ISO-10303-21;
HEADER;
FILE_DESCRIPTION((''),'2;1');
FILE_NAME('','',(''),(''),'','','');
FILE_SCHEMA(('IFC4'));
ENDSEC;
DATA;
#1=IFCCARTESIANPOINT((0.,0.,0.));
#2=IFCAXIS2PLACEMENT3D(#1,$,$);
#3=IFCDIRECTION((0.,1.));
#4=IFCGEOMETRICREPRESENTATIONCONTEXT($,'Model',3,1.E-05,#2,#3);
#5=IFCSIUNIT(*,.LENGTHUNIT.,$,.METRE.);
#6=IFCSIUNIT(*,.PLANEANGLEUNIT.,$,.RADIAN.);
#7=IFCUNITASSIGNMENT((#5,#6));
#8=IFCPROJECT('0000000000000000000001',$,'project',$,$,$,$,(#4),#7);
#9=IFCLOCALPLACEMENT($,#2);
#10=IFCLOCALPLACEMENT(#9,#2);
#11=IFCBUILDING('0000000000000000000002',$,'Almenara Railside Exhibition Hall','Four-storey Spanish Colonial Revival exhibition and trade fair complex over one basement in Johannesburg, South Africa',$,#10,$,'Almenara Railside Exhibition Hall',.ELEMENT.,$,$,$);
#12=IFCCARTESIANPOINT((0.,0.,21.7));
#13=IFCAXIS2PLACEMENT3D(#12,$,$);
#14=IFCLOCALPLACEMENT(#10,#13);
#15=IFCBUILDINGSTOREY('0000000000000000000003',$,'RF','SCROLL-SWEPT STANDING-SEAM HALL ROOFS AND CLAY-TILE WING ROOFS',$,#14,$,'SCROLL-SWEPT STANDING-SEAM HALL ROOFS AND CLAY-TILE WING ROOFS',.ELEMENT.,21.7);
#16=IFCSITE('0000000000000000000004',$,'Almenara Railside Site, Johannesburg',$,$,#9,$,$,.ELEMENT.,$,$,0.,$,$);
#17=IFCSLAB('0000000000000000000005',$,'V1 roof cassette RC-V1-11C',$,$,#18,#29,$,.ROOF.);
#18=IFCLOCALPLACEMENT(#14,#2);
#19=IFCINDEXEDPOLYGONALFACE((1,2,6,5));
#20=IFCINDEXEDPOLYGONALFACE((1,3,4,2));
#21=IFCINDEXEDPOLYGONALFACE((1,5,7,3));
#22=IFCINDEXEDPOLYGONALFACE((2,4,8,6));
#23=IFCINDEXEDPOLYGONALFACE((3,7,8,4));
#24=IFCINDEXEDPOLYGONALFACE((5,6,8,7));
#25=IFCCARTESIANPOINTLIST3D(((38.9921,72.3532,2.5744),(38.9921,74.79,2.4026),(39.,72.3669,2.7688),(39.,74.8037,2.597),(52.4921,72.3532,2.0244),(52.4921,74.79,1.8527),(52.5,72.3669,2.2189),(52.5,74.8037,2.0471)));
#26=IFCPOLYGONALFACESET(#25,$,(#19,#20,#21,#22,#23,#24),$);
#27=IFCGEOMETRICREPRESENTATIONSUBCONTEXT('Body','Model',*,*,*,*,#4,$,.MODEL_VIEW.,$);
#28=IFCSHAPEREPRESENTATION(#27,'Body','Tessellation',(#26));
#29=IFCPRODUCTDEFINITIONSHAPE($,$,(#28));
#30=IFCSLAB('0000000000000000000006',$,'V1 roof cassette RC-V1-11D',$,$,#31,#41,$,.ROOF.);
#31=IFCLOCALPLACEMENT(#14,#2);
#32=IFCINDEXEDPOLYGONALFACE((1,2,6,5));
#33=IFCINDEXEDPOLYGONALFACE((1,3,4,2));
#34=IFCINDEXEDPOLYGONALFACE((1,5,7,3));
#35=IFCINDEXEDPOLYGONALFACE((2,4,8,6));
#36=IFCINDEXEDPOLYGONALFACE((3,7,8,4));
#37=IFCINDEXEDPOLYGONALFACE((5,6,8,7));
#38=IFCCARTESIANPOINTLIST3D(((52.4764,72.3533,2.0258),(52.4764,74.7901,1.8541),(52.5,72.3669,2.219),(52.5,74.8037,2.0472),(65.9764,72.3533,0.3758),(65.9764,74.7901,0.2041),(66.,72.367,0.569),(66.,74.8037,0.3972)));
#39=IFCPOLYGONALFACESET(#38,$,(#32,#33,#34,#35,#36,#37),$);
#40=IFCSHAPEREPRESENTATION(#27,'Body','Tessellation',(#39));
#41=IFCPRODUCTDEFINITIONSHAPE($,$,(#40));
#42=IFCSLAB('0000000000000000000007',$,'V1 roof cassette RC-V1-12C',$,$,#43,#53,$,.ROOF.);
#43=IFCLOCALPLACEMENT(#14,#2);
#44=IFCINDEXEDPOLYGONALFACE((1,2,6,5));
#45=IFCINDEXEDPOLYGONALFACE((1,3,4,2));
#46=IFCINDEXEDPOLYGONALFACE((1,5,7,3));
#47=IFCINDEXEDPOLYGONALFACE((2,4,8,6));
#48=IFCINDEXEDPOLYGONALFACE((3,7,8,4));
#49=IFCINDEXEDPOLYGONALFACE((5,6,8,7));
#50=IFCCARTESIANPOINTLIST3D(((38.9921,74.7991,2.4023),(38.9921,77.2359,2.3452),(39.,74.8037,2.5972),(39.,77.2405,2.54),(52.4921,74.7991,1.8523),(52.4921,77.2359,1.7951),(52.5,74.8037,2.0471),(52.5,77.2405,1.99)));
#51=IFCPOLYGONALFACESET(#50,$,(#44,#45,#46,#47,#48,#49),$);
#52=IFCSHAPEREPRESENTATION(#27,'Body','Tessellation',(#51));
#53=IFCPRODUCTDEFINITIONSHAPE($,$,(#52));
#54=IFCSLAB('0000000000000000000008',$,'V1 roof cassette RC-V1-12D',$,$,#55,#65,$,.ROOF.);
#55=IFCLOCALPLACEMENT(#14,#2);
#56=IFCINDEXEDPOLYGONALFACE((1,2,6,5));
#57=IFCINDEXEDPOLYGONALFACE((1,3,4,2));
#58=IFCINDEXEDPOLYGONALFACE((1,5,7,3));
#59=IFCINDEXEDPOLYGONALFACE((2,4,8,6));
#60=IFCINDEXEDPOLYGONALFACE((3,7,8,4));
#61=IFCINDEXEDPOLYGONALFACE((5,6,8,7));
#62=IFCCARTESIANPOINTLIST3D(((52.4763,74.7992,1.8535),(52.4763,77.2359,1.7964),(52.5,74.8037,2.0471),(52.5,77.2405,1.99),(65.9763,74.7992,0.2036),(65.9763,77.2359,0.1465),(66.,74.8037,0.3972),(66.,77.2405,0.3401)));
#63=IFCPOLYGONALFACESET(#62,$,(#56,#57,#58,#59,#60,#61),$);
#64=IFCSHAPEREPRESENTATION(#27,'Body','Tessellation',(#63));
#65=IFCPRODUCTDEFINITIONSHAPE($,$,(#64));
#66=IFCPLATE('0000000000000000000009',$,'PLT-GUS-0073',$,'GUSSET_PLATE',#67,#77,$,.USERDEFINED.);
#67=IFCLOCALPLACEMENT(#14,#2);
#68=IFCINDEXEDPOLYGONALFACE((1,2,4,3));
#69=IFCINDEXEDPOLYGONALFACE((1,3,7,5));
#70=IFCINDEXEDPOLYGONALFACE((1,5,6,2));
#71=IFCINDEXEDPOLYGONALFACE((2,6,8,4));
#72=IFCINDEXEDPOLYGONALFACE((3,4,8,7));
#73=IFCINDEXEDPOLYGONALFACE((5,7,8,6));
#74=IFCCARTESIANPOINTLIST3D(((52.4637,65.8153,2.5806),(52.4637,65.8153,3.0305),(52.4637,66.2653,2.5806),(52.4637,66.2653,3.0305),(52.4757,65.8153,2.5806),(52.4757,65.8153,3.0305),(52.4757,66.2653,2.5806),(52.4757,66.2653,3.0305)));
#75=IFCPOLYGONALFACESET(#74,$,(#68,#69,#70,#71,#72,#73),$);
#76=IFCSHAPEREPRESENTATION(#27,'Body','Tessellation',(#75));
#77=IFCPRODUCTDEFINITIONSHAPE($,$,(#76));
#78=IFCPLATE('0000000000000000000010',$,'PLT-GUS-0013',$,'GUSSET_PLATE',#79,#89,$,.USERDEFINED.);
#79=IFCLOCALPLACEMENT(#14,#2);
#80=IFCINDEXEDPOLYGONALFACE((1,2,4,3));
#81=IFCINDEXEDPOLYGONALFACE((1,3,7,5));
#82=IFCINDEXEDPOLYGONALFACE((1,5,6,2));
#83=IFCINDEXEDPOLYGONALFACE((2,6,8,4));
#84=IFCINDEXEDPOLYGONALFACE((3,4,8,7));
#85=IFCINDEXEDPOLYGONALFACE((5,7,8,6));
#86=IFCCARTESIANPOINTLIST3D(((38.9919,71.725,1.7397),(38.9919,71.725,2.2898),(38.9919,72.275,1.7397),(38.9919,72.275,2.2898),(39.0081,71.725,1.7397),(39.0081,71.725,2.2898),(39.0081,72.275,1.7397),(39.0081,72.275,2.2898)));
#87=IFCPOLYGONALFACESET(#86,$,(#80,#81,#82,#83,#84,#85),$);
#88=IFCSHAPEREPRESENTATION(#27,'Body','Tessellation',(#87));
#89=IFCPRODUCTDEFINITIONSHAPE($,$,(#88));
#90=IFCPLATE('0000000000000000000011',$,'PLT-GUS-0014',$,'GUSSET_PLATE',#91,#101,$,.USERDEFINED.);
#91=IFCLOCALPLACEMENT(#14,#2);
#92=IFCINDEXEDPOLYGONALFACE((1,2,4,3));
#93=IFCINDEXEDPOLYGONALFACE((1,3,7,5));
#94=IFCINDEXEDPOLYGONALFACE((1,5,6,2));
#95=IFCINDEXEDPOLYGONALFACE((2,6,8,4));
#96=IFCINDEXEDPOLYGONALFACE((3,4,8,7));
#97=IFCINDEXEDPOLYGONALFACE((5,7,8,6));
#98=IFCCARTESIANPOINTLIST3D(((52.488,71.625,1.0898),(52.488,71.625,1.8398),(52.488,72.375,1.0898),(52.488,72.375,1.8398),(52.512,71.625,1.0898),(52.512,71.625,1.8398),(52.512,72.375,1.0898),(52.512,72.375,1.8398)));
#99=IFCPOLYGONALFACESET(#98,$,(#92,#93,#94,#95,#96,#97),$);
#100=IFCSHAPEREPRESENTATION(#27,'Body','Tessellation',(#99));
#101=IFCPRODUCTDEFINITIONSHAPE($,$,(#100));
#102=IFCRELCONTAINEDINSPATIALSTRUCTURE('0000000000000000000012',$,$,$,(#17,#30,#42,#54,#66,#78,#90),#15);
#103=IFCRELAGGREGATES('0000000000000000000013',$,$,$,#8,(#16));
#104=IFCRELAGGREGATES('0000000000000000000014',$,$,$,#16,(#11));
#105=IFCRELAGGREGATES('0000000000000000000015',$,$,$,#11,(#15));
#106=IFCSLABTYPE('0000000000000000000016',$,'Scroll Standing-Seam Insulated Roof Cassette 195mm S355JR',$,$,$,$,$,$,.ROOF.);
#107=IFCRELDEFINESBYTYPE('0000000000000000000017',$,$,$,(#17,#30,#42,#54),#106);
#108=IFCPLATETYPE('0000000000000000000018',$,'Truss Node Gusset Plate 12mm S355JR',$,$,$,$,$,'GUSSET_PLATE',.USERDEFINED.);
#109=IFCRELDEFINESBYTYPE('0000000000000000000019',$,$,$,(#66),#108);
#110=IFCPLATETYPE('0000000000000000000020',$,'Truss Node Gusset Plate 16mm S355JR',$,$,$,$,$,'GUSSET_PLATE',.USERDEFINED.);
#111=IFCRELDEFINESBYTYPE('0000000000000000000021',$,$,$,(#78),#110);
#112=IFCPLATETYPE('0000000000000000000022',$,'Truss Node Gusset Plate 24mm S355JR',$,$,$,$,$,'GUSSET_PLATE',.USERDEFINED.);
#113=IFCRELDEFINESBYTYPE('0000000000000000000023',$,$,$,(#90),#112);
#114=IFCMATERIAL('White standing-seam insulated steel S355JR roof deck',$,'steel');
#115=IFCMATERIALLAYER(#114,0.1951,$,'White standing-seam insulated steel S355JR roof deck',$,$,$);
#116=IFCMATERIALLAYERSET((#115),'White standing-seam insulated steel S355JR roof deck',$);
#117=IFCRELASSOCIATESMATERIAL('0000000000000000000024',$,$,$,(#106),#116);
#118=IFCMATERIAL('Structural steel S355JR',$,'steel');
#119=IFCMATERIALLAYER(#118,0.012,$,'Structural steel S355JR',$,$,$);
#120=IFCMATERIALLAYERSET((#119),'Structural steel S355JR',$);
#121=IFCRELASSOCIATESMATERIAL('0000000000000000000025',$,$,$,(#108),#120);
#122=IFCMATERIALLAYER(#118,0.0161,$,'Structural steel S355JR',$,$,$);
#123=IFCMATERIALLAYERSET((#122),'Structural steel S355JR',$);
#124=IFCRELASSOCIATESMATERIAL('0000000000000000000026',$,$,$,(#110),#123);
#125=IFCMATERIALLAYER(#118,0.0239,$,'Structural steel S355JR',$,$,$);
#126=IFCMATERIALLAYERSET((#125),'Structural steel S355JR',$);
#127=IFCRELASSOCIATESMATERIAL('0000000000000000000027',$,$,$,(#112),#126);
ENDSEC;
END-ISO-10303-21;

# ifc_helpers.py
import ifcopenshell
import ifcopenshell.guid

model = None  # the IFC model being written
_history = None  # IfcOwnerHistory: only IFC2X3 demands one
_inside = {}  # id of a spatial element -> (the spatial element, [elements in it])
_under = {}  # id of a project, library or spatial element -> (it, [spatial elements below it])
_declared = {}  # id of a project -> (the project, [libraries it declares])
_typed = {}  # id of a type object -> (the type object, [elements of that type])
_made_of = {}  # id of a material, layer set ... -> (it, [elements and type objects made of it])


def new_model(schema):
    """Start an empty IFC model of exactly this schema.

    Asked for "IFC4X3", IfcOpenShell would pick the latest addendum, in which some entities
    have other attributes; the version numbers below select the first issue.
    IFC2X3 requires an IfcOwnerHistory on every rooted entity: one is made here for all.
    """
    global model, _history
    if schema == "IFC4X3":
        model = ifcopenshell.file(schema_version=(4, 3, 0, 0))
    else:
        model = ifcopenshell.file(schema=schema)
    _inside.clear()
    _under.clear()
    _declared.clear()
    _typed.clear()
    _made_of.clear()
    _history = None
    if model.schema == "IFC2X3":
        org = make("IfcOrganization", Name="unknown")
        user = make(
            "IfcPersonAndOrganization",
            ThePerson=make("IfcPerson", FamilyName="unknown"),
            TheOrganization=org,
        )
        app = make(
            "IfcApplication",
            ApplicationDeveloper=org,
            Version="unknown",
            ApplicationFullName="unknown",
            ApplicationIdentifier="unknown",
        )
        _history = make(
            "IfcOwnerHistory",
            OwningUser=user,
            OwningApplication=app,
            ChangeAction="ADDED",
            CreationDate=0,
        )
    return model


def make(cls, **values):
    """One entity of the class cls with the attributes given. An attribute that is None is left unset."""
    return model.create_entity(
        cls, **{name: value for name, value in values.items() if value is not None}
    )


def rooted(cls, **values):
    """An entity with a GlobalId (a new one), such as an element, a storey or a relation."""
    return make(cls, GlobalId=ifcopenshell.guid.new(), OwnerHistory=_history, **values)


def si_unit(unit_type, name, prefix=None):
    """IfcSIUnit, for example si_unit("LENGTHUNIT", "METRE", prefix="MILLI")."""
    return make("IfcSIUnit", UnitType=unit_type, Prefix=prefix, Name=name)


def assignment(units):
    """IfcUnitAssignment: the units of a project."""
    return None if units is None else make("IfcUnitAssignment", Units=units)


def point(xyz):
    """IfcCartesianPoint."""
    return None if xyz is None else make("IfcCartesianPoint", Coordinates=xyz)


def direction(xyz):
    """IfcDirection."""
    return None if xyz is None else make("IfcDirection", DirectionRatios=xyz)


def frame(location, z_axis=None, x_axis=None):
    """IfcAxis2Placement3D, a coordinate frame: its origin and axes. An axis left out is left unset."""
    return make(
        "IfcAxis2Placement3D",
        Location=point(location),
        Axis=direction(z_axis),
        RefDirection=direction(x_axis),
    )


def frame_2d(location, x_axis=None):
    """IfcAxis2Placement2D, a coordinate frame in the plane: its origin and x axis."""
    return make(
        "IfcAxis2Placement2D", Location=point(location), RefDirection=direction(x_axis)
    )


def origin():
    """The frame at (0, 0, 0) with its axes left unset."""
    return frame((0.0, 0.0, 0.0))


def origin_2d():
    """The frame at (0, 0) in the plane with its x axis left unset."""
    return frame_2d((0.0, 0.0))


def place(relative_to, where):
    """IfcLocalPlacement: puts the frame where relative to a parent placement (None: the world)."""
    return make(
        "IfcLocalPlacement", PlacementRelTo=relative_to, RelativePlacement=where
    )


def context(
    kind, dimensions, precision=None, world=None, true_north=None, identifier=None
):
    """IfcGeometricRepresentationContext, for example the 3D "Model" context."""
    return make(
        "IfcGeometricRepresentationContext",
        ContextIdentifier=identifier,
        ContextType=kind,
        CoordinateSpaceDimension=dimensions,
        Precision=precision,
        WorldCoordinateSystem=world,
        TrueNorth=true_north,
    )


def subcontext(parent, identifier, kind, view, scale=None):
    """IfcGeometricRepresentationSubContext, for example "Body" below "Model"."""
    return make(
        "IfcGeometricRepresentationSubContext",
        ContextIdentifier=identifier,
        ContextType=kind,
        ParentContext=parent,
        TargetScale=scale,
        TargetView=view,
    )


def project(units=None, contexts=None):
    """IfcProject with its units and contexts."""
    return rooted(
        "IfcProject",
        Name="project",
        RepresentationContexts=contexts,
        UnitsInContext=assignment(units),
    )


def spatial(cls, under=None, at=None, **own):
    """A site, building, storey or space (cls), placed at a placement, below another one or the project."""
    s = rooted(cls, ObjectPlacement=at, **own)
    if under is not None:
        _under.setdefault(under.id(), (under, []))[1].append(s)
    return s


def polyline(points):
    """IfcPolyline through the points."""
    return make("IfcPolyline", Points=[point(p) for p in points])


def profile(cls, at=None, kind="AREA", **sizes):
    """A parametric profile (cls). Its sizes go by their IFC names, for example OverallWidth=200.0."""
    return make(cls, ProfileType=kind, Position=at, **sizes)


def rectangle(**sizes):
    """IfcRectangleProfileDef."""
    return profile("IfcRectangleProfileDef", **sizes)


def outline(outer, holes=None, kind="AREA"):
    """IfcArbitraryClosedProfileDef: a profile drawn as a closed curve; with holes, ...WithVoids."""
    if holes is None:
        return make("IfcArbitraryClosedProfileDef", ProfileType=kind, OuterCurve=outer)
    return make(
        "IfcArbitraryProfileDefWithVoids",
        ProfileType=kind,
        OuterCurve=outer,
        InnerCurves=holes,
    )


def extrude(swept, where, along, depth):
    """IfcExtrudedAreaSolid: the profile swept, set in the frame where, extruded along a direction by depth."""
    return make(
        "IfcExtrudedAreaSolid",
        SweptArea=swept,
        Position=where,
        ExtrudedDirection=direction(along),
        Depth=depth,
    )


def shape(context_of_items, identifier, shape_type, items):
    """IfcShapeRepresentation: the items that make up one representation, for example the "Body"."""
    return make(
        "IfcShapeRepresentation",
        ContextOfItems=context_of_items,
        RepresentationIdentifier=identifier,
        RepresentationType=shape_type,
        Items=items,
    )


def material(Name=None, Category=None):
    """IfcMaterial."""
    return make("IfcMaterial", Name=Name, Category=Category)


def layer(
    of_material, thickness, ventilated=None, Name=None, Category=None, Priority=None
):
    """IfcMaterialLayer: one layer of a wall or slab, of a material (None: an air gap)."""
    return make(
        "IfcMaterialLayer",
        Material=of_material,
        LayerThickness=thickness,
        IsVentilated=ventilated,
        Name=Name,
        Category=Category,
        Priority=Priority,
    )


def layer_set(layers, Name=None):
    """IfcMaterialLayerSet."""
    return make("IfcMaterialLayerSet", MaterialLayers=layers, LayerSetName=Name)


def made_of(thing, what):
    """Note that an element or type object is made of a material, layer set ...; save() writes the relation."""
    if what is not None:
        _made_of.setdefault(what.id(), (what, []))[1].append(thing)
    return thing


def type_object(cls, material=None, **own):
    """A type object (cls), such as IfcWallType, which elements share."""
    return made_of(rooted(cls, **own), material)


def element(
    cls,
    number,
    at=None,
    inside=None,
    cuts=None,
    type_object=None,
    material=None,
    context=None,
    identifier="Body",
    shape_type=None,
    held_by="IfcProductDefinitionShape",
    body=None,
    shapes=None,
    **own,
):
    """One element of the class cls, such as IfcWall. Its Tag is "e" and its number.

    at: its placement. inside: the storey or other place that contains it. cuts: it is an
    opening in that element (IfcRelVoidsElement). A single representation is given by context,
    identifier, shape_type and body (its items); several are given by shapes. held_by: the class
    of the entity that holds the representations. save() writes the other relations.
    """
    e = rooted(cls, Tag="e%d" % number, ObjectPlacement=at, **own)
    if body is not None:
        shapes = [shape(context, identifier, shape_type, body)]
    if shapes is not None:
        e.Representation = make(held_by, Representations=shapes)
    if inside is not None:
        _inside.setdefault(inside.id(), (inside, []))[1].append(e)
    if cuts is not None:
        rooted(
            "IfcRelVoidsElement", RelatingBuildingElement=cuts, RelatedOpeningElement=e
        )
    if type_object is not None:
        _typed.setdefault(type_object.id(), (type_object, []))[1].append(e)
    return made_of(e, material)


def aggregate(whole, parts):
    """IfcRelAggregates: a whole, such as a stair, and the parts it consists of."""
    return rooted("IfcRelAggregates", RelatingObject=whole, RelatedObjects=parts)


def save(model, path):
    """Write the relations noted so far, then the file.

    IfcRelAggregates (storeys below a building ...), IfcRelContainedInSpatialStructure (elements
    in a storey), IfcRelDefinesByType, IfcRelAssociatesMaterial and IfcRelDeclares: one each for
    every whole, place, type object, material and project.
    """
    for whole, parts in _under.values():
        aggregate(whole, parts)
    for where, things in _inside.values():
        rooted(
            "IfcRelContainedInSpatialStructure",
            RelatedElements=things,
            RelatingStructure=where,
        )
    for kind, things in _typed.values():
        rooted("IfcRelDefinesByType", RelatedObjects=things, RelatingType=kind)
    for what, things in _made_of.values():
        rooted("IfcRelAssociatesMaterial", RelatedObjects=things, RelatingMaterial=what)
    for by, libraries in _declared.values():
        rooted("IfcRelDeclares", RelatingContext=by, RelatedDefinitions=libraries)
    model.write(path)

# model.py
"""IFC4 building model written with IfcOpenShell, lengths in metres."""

from ifc_helpers import new_model, si_unit, direction, frame, origin, origin_2d, place, context, subcontext, project, spatial, polyline, rectangle, outline, extrude, material, layer, layer_set, type_object, element, save


model = new_model("IFC4")

# Units and contexts
model_context = context("Model", 3, precision=1e-05, world=origin(), true_north=direction((0.0, 1.0)))
body_context = subcontext(model_context, "Body", "Model", "MODEL_VIEW")
ifc_project = project(units=[si_unit("LENGTHUNIT", "METRE"), si_unit("PLANEANGLEUNIT", "RADIAN")], contexts=[model_context])

# Site, building, storey
site_placement = place(None, origin())
site = spatial("IfcSite", under=ifc_project, at=site_placement, Name="Almenara Railside Site, Johannesburg", CompositionType="ELEMENT", RefElevation=0.0)
building_placement = place(site_placement, origin())
building = spatial("IfcBuilding", under=site, at=building_placement, Name="Almenara Railside Exhibition Hall", Description="Four-storey Spanish Colonial Revival exhibition and trade fair complex over one basement in Johannesburg, South Africa", LongName="Almenara Railside Exhibition Hall", CompositionType="ELEMENT")
storey_placement = place(building_placement, frame((0.0, 0.0, 21.7)))
storey = spatial("IfcBuildingStorey", under=building, at=storey_placement, Name="RF", Description="SCROLL-SWEPT STANDING-SEAM HALL ROOFS AND CLAY-TILE WING ROOFS", LongName="SCROLL-SWEPT STANDING-SEAM HALL ROOFS AND CLAY-TILE WING ROOFS", CompositionType="ELEMENT", Elevation=21.7)

# Shared definitions
ifc_material_1 = material(Name="Structural steel S355JR", Category="steel")

# Slabs
ifc_material_2 = material(Name="White standing-seam insulated steel S355JR roof deck", Category="steel")
ifc_layer_1 = layer(ifc_material_2, 0.1951, Name="White standing-seam insulated steel S355JR roof deck")
ifc_layer_set_1 = layer_set([ifc_layer_1], Name="White standing-seam insulated steel S355JR roof deck")
slab_type = type_object("IfcSlabType", Name="Scroll Standing-Seam Insulated Roof Cassette 195mm S355JR", PredefinedType="ROOF", material=ifc_layer_set_1)
slab_1_placement = place(storey_placement, frame((39.0, 72.3669, 2.7688), z_axis=(0.040601, 0.070252, 0.996703), x_axis=(0.999171, -0.000001, -0.040702)))
element("IfcSlab", 1, at=slab_1_placement, inside=storey, type_object=slab_type, Name="V1 roof cassette RC-V1-11C", PredefinedType="ROOF", context=body_context, shape_type="SweptSolid", body=[
    extrude(outline(polyline([(0.0, 0.0), (13.5112, 0.0), (13.5182, 2.4428), (0.007, 2.4428), (0.0, 0.0)])), origin(), (0.0, 0.0, -1.0), 0.1951),
])
slab_2_placement = place(storey_placement, frame((52.5, 72.3669, 2.219), z_axis=(0.121025, 0.069793, 0.990193), x_axis=(0.992613, 0.000001, -0.121321)))
element("IfcSlab", 2, at=slab_2_placement, inside=storey, type_object=slab_type, Name="V1 roof cassette RC-V1-11D", PredefinedType="ROOF", context=body_context, shape_type="SweptSolid", body=[
    extrude(outline(polyline([(0.0, 0.0), (13.6005, 0.0), (13.6213, 2.4427), (0.0209, 2.4427), (0.0, 0.0)])), origin(), (0.0, 0.0, -1.0), 0.1951),
])
slab_3_placement = place(storey_placement, frame((39.0, 74.8037, 2.5972), z_axis=(0.040699, 0.023419, 0.998897), x_axis=(0.999171, 0.0, -0.040711)))
element("IfcSlab", 3, at=slab_3_placement, inside=storey, type_object=slab_type, Name="V1 roof cassette RC-V1-12C", PredefinedType="ROOF", context=body_context, shape_type="SweptSolid", body=[
    extrude(outline(polyline([(0.0, 0.0), (13.5112, 0.0), (13.5135, 2.4374), (0.0023, 2.4374), (0.0, 0.0)])), origin(), (0.0, 0.0, -1.0), 0.1951),
])
slab_4_placement = place(storey_placement, frame((52.5, 74.8037, 2.0471), z_axis=(0.12128, 0.023265, 0.992346), x_axis=(0.992614, 0.0, -0.121312)))
element("IfcSlab", 4, at=slab_4_placement, inside=storey, type_object=slab_type, Name="V1 roof cassette RC-V1-12D", PredefinedType="ROOF", context=body_context, shape_type="SweptSolid", body=[
    extrude(outline(polyline([(0.0, 0.0), (13.6004, 0.0), (13.6074, 2.4374), (0.0069, 2.4374), (0.0, 0.0)])), origin(), (0.0, 0.0, -1.0), 0.1951),
])

# Plates
ifc_layer_2 = layer(ifc_material_1, 0.012, Name="Structural steel S355JR")
ifc_layer_set_2 = layer_set([ifc_layer_2], Name="Structural steel S355JR")
plate_type_1 = type_object("IfcPlateType", Name="Truss Node Gusset Plate 12mm S355JR", ElementType="GUSSET_PLATE", PredefinedType="USERDEFINED", material=ifc_layer_set_2)
plate_1_placement = place(storey_placement, frame((52.4697, 66.0403, 2.5806), z_axis=(0.0, 0.0, 1.0), x_axis=(0.0, 1.0, 0.0)))
element("IfcPlate", 5, at=plate_1_placement, inside=storey, type_object=plate_type_1, Name="PLT-GUS-0073", ObjectType="GUSSET_PLATE", PredefinedType="USERDEFINED", context=body_context, shape_type="SweptSolid", body=[
    extrude(rectangle(XDim=0.45, YDim=0.012, at=origin_2d()), origin(), (0.0, 0.0, 1.0), 0.45),
])
ifc_layer_3 = layer(ifc_material_1, 0.0161, Name="Structural steel S355JR")
ifc_layer_set_3 = layer_set([ifc_layer_3], Name="Structural steel S355JR")
plate_type_2 = type_object("IfcPlateType", Name="Truss Node Gusset Plate 16mm S355JR", ElementType="GUSSET_PLATE", PredefinedType="USERDEFINED", material=ifc_layer_set_3)
plate_2_placement = place(storey_placement, frame((39.0, 72.0, 1.7397), z_axis=(0.0, 0.0, 1.0), x_axis=(0.0, 1.0, 0.0)))
element("IfcPlate", 6, at=plate_2_placement, inside=storey, type_object=plate_type_2, Name="PLT-GUS-0013", ObjectType="GUSSET_PLATE", PredefinedType="USERDEFINED", context=body_context, shape_type="SweptSolid", body=[
    extrude(rectangle(XDim=0.55, YDim=0.0161, at=origin_2d()), origin(), (0.0, 0.0, 1.0), 0.55),
])
ifc_layer_4 = layer(ifc_material_1, 0.0239, Name="Structural steel S355JR")
ifc_layer_set_4 = layer_set([ifc_layer_4], Name="Structural steel S355JR")
plate_type_3 = type_object("IfcPlateType", Name="Truss Node Gusset Plate 24mm S355JR", ElementType="GUSSET_PLATE", PredefinedType="USERDEFINED", material=ifc_layer_set_4)
plate_3_placement = place(storey_placement, frame((52.5, 72.0, 1.0898), z_axis=(0.0, 0.0, 1.0), x_axis=(0.0, 1.0, 0.0)))
element("IfcPlate", 7, at=plate_3_placement, inside=storey, type_object=plate_type_3, Name="PLT-GUS-0014", ObjectType="GUSSET_PLATE", PredefinedType="USERDEFINED", context=body_context, shape_type="SweptSolid", body=[
    extrude(rectangle(XDim=0.75, YDim=0.0239, at=origin_2d()), origin(), (0.0, 0.0, 1.0), 0.75),
])

save(model, "model.ifc")
